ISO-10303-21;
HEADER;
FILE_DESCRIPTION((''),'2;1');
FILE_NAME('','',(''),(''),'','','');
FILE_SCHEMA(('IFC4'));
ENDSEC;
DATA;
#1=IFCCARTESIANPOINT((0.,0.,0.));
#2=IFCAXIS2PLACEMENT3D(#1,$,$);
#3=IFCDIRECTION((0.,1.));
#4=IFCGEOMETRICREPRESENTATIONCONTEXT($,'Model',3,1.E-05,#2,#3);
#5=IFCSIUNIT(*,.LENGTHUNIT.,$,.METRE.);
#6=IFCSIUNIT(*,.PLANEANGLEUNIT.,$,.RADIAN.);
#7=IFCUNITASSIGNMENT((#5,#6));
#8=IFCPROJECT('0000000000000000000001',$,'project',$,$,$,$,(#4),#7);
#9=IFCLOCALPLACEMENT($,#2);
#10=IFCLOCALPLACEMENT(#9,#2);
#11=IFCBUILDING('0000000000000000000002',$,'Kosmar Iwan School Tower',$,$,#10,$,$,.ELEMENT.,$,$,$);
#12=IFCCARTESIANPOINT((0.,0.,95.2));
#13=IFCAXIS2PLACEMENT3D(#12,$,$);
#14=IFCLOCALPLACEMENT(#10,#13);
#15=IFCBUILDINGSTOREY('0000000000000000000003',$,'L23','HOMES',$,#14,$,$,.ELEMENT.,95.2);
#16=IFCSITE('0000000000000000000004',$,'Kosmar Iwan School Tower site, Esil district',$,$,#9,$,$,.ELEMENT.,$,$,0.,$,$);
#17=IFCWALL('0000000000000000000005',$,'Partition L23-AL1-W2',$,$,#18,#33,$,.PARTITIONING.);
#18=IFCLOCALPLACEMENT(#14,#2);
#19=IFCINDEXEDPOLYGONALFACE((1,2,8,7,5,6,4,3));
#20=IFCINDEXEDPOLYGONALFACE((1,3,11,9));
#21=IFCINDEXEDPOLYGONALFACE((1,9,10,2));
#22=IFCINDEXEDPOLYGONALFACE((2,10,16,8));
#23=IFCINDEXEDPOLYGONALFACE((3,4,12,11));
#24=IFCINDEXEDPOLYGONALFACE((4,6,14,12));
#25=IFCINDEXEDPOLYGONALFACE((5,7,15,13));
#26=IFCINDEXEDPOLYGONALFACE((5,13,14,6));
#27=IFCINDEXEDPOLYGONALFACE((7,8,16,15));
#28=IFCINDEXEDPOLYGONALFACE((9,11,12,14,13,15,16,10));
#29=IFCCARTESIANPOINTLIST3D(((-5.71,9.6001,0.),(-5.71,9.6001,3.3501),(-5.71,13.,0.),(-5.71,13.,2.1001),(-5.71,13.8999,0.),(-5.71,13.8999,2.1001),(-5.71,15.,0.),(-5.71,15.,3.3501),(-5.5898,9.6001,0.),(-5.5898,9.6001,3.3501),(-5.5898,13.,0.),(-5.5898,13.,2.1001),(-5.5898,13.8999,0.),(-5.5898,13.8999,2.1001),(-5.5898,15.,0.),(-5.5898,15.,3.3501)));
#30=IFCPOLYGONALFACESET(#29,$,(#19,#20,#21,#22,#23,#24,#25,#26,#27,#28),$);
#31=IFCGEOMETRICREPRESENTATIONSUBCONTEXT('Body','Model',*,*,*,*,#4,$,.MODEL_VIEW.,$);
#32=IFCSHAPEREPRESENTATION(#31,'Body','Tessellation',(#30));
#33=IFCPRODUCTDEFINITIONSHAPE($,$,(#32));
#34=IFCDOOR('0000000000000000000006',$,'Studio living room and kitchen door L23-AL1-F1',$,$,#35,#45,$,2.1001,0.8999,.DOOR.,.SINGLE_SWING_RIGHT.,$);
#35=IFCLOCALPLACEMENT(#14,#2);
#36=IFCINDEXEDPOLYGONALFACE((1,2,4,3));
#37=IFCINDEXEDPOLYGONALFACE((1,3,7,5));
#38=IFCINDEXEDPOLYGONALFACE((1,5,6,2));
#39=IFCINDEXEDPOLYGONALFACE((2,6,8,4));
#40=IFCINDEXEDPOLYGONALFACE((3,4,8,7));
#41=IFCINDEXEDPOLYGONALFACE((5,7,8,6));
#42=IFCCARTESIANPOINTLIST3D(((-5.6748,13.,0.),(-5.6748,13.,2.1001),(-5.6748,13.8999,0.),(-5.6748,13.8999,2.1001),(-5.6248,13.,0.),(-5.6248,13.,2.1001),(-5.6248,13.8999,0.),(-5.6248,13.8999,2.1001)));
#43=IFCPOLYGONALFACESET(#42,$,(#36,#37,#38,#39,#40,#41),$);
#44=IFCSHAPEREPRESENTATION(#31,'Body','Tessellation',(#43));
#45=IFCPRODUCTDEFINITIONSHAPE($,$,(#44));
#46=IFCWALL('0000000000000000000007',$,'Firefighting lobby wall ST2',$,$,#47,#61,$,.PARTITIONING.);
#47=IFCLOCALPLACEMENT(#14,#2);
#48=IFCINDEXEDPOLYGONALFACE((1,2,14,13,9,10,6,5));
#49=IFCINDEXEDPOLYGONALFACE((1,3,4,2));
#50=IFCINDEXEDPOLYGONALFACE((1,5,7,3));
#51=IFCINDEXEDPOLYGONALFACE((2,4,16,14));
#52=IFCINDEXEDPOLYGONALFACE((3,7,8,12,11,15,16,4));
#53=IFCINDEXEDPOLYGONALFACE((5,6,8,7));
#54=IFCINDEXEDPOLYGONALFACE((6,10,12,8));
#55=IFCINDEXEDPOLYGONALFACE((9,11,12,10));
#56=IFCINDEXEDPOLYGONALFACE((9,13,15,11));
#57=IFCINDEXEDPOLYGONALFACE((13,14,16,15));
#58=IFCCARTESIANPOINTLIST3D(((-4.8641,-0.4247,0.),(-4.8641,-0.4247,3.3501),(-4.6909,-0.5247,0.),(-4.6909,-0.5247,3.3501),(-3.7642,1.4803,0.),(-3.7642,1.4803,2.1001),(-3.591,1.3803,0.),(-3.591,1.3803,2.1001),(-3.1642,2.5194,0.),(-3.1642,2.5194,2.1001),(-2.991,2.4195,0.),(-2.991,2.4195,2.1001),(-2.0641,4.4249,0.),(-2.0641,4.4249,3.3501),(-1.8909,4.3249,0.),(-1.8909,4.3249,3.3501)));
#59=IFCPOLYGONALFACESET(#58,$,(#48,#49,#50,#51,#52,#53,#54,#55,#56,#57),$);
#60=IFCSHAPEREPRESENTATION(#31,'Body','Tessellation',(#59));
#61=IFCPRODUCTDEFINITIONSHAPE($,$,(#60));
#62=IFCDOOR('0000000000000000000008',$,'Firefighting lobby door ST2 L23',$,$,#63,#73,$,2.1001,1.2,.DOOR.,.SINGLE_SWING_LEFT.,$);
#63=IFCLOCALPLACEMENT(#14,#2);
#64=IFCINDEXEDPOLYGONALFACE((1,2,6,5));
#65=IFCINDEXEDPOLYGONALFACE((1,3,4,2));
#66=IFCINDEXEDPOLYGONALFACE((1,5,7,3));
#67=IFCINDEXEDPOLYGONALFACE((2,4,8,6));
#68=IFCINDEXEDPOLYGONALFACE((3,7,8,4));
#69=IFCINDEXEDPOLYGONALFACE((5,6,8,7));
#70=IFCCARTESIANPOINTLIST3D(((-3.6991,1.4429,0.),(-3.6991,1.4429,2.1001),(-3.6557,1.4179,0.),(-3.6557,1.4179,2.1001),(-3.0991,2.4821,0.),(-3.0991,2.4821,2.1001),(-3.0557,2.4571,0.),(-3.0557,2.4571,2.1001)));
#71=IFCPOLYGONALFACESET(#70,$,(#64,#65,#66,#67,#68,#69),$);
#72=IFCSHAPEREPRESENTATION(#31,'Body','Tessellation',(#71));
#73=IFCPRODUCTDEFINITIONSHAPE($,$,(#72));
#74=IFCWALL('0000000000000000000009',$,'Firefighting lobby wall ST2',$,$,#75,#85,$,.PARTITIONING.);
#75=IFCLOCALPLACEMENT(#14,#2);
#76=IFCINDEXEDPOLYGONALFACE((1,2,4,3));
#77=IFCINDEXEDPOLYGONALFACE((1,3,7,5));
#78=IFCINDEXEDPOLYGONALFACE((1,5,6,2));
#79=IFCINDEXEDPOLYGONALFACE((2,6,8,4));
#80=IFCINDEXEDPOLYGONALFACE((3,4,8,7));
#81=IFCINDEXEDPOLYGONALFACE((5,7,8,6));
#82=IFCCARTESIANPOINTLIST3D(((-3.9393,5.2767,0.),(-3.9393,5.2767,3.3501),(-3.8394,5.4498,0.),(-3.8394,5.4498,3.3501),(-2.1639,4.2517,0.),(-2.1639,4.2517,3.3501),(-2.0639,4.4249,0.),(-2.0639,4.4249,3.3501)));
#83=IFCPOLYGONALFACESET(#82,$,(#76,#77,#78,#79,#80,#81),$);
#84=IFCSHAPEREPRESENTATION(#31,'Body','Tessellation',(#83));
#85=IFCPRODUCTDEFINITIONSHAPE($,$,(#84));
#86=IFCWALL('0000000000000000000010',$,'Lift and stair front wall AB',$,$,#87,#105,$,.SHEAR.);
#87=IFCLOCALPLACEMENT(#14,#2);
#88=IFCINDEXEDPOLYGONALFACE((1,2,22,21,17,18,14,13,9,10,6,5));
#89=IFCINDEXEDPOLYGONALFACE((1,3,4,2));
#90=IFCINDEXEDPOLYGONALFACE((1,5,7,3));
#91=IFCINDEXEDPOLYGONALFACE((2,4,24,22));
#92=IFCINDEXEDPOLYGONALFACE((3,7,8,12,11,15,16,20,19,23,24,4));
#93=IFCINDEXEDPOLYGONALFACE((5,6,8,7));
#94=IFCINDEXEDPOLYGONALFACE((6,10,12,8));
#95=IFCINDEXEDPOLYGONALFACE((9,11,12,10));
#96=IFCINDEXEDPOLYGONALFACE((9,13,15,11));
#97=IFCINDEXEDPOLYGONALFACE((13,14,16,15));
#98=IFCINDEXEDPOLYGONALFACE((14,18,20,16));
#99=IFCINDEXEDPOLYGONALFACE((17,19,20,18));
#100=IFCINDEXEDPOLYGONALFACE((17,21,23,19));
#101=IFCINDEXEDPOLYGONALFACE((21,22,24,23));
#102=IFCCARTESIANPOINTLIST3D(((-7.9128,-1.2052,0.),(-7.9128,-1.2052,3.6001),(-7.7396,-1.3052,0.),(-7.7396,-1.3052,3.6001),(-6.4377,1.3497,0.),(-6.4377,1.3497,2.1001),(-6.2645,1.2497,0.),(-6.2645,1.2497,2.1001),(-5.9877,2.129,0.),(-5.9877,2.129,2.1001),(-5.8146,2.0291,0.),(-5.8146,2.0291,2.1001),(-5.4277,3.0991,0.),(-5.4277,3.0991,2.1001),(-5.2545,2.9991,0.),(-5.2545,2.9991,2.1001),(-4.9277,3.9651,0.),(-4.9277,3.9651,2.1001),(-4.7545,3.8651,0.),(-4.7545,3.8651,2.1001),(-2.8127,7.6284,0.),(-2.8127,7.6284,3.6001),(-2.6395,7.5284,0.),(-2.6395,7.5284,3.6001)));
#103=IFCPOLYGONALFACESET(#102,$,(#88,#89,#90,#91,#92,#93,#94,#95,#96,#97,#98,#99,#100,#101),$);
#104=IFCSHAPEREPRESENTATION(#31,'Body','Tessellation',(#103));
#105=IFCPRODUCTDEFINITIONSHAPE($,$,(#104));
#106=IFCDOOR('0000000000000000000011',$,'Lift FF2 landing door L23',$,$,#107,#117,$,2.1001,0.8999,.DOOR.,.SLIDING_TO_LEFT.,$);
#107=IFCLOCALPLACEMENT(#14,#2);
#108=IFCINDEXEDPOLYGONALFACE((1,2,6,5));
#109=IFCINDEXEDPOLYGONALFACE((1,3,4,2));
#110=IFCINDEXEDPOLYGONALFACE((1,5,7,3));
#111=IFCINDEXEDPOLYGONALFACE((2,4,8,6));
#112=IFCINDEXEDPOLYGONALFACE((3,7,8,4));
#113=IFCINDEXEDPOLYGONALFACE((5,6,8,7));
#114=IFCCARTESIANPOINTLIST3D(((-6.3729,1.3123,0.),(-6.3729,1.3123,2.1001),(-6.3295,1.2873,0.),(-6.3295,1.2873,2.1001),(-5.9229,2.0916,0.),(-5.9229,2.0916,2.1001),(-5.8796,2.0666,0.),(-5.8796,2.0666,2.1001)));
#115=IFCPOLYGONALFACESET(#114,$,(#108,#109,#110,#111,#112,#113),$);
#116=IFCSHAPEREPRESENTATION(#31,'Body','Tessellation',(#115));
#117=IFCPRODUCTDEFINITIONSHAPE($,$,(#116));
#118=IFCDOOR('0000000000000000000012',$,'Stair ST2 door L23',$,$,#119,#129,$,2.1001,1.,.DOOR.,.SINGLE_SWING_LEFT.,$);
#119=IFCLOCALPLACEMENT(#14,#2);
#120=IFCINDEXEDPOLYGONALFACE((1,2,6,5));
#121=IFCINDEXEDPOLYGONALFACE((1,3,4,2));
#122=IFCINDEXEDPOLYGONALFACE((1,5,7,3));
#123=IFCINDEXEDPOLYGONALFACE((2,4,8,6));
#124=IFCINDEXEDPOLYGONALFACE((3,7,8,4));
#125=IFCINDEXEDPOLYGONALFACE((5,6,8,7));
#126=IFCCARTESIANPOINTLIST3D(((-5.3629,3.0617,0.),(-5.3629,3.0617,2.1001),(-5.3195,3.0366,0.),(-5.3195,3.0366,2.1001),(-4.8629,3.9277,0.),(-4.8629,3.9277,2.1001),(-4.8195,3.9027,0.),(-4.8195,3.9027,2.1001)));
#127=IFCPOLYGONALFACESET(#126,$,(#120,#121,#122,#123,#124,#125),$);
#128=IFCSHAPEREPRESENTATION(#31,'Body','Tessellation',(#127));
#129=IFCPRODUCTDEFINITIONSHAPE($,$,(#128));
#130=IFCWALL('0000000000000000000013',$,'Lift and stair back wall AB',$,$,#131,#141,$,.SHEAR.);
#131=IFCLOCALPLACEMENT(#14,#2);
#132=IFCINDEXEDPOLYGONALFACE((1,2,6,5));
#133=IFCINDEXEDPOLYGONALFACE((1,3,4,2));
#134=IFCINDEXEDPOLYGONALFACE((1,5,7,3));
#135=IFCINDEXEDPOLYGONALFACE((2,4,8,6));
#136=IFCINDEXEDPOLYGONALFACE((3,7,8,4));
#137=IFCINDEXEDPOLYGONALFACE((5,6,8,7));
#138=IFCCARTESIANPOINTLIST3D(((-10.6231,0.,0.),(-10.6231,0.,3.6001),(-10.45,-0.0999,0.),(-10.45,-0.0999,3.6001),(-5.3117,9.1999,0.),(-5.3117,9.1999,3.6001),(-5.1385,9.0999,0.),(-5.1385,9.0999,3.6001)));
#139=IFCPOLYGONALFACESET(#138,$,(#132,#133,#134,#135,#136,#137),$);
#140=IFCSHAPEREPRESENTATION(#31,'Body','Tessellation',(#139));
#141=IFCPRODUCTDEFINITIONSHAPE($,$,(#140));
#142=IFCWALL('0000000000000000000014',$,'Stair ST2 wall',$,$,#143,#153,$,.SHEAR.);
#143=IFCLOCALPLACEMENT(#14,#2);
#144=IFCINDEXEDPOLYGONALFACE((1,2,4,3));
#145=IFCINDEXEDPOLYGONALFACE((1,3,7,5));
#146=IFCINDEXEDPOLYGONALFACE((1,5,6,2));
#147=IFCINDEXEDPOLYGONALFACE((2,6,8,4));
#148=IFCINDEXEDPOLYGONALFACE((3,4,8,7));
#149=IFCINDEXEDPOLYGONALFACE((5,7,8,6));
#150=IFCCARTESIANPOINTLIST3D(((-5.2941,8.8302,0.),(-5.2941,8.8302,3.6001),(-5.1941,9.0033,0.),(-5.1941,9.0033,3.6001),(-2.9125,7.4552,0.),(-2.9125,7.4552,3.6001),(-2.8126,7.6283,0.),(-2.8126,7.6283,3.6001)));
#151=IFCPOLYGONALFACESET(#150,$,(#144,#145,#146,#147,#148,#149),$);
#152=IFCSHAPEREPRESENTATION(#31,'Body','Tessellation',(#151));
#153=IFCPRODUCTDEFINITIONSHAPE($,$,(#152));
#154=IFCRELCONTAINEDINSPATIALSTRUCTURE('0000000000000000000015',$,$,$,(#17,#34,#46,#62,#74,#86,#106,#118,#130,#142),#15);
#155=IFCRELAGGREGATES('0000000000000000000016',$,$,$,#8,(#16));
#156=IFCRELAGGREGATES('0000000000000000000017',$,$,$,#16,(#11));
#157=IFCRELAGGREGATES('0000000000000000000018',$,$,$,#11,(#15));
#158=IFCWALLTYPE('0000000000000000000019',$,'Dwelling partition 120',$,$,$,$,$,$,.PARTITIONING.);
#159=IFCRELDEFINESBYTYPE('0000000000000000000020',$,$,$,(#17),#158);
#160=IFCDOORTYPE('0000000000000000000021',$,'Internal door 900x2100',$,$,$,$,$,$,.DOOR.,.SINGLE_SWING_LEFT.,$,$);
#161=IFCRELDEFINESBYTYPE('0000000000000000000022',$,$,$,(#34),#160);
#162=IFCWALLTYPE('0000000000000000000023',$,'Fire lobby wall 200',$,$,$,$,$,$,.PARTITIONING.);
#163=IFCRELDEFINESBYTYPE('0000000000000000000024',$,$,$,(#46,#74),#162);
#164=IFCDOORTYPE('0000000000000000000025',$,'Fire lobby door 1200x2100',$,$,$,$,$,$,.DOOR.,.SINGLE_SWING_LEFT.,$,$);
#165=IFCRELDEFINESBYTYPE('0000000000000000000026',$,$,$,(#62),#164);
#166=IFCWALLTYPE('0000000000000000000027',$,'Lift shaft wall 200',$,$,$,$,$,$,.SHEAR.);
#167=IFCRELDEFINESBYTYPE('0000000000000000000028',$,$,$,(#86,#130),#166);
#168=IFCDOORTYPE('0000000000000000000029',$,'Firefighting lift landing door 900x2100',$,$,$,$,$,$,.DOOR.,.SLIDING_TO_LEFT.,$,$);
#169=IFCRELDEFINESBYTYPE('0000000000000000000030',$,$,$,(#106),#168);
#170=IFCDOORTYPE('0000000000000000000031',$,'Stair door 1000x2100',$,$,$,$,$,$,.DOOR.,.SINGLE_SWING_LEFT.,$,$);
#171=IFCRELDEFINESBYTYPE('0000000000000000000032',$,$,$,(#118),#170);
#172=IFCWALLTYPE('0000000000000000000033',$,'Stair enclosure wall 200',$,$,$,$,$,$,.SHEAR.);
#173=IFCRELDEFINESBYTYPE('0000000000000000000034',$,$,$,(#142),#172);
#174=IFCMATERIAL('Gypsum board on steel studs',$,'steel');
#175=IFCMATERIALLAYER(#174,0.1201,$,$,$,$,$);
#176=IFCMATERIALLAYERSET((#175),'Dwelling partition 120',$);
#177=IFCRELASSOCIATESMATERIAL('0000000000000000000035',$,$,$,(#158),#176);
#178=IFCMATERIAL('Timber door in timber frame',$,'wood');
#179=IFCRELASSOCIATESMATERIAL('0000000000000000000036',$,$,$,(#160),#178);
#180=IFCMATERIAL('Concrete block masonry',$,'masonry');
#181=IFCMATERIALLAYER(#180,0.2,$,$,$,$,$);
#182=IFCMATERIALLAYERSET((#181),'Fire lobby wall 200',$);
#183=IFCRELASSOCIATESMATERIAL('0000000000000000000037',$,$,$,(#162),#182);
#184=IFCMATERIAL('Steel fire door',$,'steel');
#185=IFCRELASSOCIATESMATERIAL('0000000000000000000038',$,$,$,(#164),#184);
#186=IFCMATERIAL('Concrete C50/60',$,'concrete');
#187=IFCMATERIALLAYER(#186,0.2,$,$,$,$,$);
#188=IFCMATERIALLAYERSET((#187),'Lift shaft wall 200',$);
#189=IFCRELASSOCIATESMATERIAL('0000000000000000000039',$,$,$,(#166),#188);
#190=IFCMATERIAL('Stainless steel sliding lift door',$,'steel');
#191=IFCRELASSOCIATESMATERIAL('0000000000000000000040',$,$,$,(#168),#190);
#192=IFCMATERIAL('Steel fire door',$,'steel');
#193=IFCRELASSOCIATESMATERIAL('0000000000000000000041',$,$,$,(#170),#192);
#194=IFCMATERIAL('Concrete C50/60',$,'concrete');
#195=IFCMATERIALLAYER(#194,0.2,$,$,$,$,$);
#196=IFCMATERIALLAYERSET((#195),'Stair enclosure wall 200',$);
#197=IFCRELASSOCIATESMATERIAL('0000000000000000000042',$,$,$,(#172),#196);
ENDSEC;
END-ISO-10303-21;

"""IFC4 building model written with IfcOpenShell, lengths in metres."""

from ifc_helpers import new_model, si_unit, direction, frame, frame_2d, origin, place, context, subcontext, project, spatial, rectangle, extrude, material, layer, layer_set, type_object, element, fill, save


model = new_model("IFC4")

# Units and contexts
model_context = context("Model", 3, precision=1e-05, world=origin(), true_north=direction((0.0, 1.0)))
body_context = subcontext(model_context, "Body", "Model", "MODEL_VIEW")
ifc_project = project(units=[si_unit("LENGTHUNIT", "METRE"), si_unit("PLANEANGLEUNIT", "RADIAN")], contexts=[model_context])

# Site, building, storey
site_placement = place(None, origin())
site = spatial("IfcSite", under=ifc_project, at=site_placement, Name="Kosmar Iwan School Tower site, Esil district", CompositionType="ELEMENT", RefElevation=0.0)
building_placement = place(site_placement, origin())
building = spatial("IfcBuilding", under=site, at=building_placement, Name="Kosmar Iwan School Tower", CompositionType="ELEMENT")
storey_placement = place(building_placement, frame((0.0, 0.0, 95.2)))
storey = spatial("IfcBuildingStorey", under=building, at=storey_placement, Name="L23", Description="HOMES", CompositionType="ELEMENT", Elevation=95.2)

# Shared definitions
ifc_material_1 = material(Name="Gypsum board on steel studs", Category="steel")
ifc_layer_1 = layer(ifc_material_1, 0.1201)
ifc_layer_set_1 = layer_set([ifc_layer_1], Name="Dwelling partition 120")
wall_type_1 = type_object("IfcWallType", Name="Dwelling partition 120", PredefinedType="PARTITIONING", material=ifc_layer_set_1)
ifc_material_2 = material(Name="Timber door in timber frame", Category="wood")
door_type_1 = type_object("IfcDoorType", Name="Internal door 900x2100", OperationType="SINGLE_SWING_LEFT", PredefinedType="DOOR", material=ifc_material_2)

# Walls, openings, doors
wall_1_placement = place(storey_placement, frame((-5.6499, 9.6001, 0.0), z_axis=(0.0, 0.0, 1.0), x_axis=(0.0, 1.0, 0.0)))
wall_1 = element("IfcWall", 1, at=wall_1_placement, inside=storey, type_object=wall_type_1, Name="Partition L23-AL1-W2", PredefinedType="PARTITIONING", context=body_context, shape_type="SweptSolid", body=[
    extrude(rectangle(XDim=5.3999, YDim=0.1201, at=frame_2d((2.7, 0.0))), origin(), (0.0, 0.0, 1.0), 3.3501),
])
opening_1_placement = place(wall_1_placement, frame((3.3999, 0.0, 0.0)))
opening_1 = element("IfcOpeningElement", 2, at=opening_1_placement, cuts=wall_1, PredefinedType="OPENING", context=body_context, shape_type="SweptSolid", body=[
    extrude(rectangle(XDim=0.8999, YDim=2.1001, at=frame_2d((0.45, 1.05))), frame((0.0, 0.072, 0.0), z_axis=(0.0, -1.0, 0.0), x_axis=(1.0, 0.0, 0.0)), (0.0, 0.0, 1.0), 0.144),
])
door_1_placement = place(opening_1_placement, origin())
door_1 = element("IfcDoor", 3, at=door_1_placement, inside=storey, type_object=door_type_1, Name="Studio living room and kitchen door L23-AL1-F1", OperationType="SINGLE_SWING_RIGHT", OverallHeight=2.1001, OverallWidth=0.8999, PredefinedType="DOOR", context=body_context, shape_type="SweptSolid", body=[
    extrude(rectangle(XDim=0.8999, YDim=2.1001, at=frame_2d((0.45, 1.05))), frame((0.0, 0.0249, 0.0), z_axis=(0.0, -1.0, 0.0), x_axis=(1.0, 0.0, 0.0)), (0.0, 0.0, 1.0), 0.05),
])
fill(opening_1, door_1)
ifc_material_3 = material(Name="Concrete block masonry", Category="masonry")
ifc_layer_2 = layer(ifc_material_3, 0.2)
ifc_layer_set_2 = layer_set([ifc_layer_2], Name="Fire lobby wall 200")
wall_type_2 = type_object("IfcWallType", Name="Fire lobby wall 200", PredefinedType="PARTITIONING", material=ifc_layer_set_2)
wall_2_placement = place(storey_placement, frame((-1.9775, 4.3748, 0.0), z_axis=(0.0, 0.0, 1.0), x_axis=(-0.500017, -0.866016, 0.0)))
wall_2 = element("IfcWall", 4, at=wall_2_placement, inside=storey, type_object=wall_type_2, Name="Firefighting lobby wall ST2", PredefinedType="PARTITIONING", context=body_context, shape_type="SweptSolid", body=[
    extrude(rectangle(XDim=5.5999, YDim=0.2, at=frame_2d((2.7998, 0.0))), origin(), (0.0, 0.0, 1.0), 3.3501),
])
opening_2_placement = place(wall_2_placement, frame((2.2, 0.0, 0.0)))
opening_2 = element("IfcOpeningElement", 5, at=opening_2_placement, cuts=wall_2, PredefinedType="OPENING", context=body_context, shape_type="SweptSolid", body=[
    extrude(rectangle(XDim=1.2, YDim=2.1001, at=frame_2d((0.6001, 1.05))), frame((0.0, 0.1121, 0.0), z_axis=(0.0, -1.0, 0.0), x_axis=(1.0, 0.0, 0.0)), (0.0, 0.0, 1.0), 0.2239),
])
ifc_material_4 = material(Name="Steel fire door", Category="steel")
door_type_2 = type_object("IfcDoorType", Name="Fire lobby door 1200x2100", OperationType="SINGLE_SWING_LEFT", PredefinedType="DOOR", material=ifc_material_4)
door_2_placement = place(opening_2_placement, frame((1.2, 0.0, 0.0), z_axis=(0.0, 0.0, 1.0), x_axis=(-1.0, 0.0, 0.0)))
door_2 = element("IfcDoor", 6, at=door_2_placement, inside=storey, type_object=door_type_2, Name="Firefighting lobby door ST2 L23", OperationType="SINGLE_SWING_LEFT", OverallHeight=2.1001, OverallWidth=1.2, PredefinedType="DOOR", context=body_context, shape_type="SweptSolid", body=[
    extrude(rectangle(XDim=1.2, YDim=2.1001, at=frame_2d((0.6001, 1.05))), frame((0.0, 0.0249, 0.0), z_axis=(0.0, -1.0, 0.0), x_axis=(1.0, 0.0, 0.0)), (0.0, 0.0, 1.0), 0.05),
])
fill(opening_2, door_2)

# Wall
wall_3_placement = place(storey_placement, frame((-2.114, 4.3384, 0.0), z_axis=(0.0, 0.0, 1.0), x_axis=(-0.866051, 0.499956, 0.0)))
element("IfcWall", 7, at=wall_3_placement, inside=storey, type_object=wall_type_2, Name="Firefighting lobby wall ST2", PredefinedType="PARTITIONING", context=body_context, shape_type="SweptSolid", body=[
    extrude(rectangle(XDim=2.05, YDim=0.2, at=frame_2d((1.0249, 0.0))), origin(), (0.0, 0.0, 1.0), 3.3501),
])

# Wall, openings, doors
ifc_material_5 = material(Name="Concrete C50/60", Category="concrete")
ifc_layer_3 = layer(ifc_material_5, 0.2)
ifc_layer_set_3 = layer_set([ifc_layer_3], Name="Lift shaft wall 200")
wall_type_3 = type_object("IfcWallType", Name="Lift shaft wall 200", PredefinedType="SHEAR", material=ifc_layer_set_3)
wall_4_placement = place(storey_placement, frame((-2.7261, 7.5784, 0.0), z_axis=(0.0, 0.0, 1.0), x_axis=(-0.500006, -0.866022, 0.0)))
wall_4 = element("IfcWall", 8, at=wall_4_placement, inside=storey, type_object=wall_type_3, Name="Lift and stair front wall AB", PredefinedType="SHEAR", context=body_context, shape_type="SweptSolid", body=[
    extrude(rectangle(XDim=10.2002, YDim=0.2, at=frame_2d((5.1001, 0.0))), origin(), (0.0, 0.0, 1.0), 3.6001),
])
opening_3_placement = place(wall_4_placement, frame((6.3501, 0.0, 0.0)))
opening_3 = element("IfcOpeningElement", 9, at=opening_3_placement, cuts=wall_4, PredefinedType="OPENING", context=body_context, shape_type="SweptSolid", body=[
    extrude(rectangle(XDim=0.8999, YDim=2.1001, at=frame_2d((0.45, 1.05))), frame((0.0, 0.1121, 0.0), z_axis=(0.0, -1.0, 0.0), x_axis=(1.0, 0.0, 0.0)), (0.0, 0.0, 1.0), 0.2239),
])
opening_4_placement = place(wall_4_placement, frame((4.23, 0.0, 0.0)))
opening_4 = element("IfcOpeningElement", 10, at=opening_4_placement, cuts=wall_4, PredefinedType="OPENING", context=body_context, shape_type="SweptSolid", body=[
    extrude(rectangle(XDim=1.0, YDim=2.1001, at=frame_2d((0.5, 1.05))), frame((0.0, 0.1121, 0.0), z_axis=(0.0, -1.0, 0.0), x_axis=(1.0, 0.0, 0.0)), (0.0, 0.0, 1.0), 0.2239),
])
ifc_material_6 = material(Name="Stainless steel sliding lift door", Category="steel")
door_type_3 = type_object("IfcDoorType", Name="Firefighting lift landing door 900x2100", OperationType="SLIDING_TO_LEFT", PredefinedType="DOOR", material=ifc_material_6)
door_3_placement = place(opening_3_placement, origin())
door_3 = element("IfcDoor", 11, at=door_3_placement, inside=storey, type_object=door_type_3, Name="Lift FF2 landing door L23", OperationType="SLIDING_TO_LEFT", OverallHeight=2.1001, OverallWidth=0.8999, PredefinedType="DOOR", context=body_context, shape_type="SweptSolid", body=[
    extrude(rectangle(XDim=0.8999, YDim=2.1001, at=frame_2d((0.45, 1.05))), frame((0.0, 0.0249, 0.0), z_axis=(0.0, -1.0, 0.0), x_axis=(1.0, 0.0, 0.0)), (0.0, 0.0, 1.0), 0.05),
])
fill(opening_3, door_3)
ifc_material_7 = material(Name="Steel fire door", Category="steel")
door_type_4 = type_object("IfcDoorType", Name="Stair door 1000x2100", OperationType="SINGLE_SWING_LEFT", PredefinedType="DOOR", material=ifc_material_7)
door_4_placement = place(opening_4_placement, origin())
door_4 = element("IfcDoor", 12, at=door_4_placement, inside=storey, type_object=door_type_4, Name="Stair ST2 door L23", OperationType="SINGLE_SWING_LEFT", OverallHeight=2.1001, OverallWidth=1.0, PredefinedType="DOOR", context=body_context, shape_type="SweptSolid", body=[
    extrude(rectangle(XDim=1.0, YDim=2.1001, at=frame_2d((0.5, 1.05))), frame((0.0, 0.0249, 0.0), z_axis=(0.0, -1.0, 0.0), x_axis=(1.0, 0.0, 0.0)), (0.0, 0.0, 1.0), 0.05),
])
fill(opening_4, door_4)

# Walls
wall_5_placement = place(storey_placement, frame((-5.2251, 9.1499, 0.0), z_axis=(0.0, 0.0, 1.0), x_axis=(-0.499995, -0.866028, 0.0)))
element("IfcWall", 13, at=wall_5_placement, inside=storey, type_object=wall_type_3, Name="Lift and stair back wall AB", PredefinedType="SHEAR", context=body_context, shape_type="SweptSolid", body=[
    extrude(rectangle(XDim=10.623, YDim=0.2, at=frame_2d((5.3115, 0.0))), origin(), (0.0, 0.0, 1.0), 3.6001),
])
ifc_material_8 = material(Name="Concrete C50/60", Category="concrete")
ifc_layer_4 = layer(ifc_material_8, 0.2)
ifc_layer_set_4 = layer_set([ifc_layer_4], Name="Stair enclosure wall 200")
wall_type_4 = type_object("IfcWallType", Name="Stair enclosure wall 200", PredefinedType="SHEAR", material=ifc_layer_set_4)
wall_6_placement = place(storey_placement, frame((-2.8625, 7.5417, 0.0), z_axis=(0.0, 0.0, 1.0), x_axis=(-0.866027, 0.499997, 0.0)))
element("IfcWall", 14, at=wall_6_placement, inside=storey, type_object=wall_type_4, Name="Stair ST2 wall", PredefinedType="SHEAR", context=body_context, shape_type="SweptSolid", body=[
    extrude(rectangle(XDim=2.75, YDim=0.2, at=frame_2d((1.375, 0.0))), origin(), (0.0, 0.0, 1.0), 3.6001),
])

save(model, "model.ifc")
